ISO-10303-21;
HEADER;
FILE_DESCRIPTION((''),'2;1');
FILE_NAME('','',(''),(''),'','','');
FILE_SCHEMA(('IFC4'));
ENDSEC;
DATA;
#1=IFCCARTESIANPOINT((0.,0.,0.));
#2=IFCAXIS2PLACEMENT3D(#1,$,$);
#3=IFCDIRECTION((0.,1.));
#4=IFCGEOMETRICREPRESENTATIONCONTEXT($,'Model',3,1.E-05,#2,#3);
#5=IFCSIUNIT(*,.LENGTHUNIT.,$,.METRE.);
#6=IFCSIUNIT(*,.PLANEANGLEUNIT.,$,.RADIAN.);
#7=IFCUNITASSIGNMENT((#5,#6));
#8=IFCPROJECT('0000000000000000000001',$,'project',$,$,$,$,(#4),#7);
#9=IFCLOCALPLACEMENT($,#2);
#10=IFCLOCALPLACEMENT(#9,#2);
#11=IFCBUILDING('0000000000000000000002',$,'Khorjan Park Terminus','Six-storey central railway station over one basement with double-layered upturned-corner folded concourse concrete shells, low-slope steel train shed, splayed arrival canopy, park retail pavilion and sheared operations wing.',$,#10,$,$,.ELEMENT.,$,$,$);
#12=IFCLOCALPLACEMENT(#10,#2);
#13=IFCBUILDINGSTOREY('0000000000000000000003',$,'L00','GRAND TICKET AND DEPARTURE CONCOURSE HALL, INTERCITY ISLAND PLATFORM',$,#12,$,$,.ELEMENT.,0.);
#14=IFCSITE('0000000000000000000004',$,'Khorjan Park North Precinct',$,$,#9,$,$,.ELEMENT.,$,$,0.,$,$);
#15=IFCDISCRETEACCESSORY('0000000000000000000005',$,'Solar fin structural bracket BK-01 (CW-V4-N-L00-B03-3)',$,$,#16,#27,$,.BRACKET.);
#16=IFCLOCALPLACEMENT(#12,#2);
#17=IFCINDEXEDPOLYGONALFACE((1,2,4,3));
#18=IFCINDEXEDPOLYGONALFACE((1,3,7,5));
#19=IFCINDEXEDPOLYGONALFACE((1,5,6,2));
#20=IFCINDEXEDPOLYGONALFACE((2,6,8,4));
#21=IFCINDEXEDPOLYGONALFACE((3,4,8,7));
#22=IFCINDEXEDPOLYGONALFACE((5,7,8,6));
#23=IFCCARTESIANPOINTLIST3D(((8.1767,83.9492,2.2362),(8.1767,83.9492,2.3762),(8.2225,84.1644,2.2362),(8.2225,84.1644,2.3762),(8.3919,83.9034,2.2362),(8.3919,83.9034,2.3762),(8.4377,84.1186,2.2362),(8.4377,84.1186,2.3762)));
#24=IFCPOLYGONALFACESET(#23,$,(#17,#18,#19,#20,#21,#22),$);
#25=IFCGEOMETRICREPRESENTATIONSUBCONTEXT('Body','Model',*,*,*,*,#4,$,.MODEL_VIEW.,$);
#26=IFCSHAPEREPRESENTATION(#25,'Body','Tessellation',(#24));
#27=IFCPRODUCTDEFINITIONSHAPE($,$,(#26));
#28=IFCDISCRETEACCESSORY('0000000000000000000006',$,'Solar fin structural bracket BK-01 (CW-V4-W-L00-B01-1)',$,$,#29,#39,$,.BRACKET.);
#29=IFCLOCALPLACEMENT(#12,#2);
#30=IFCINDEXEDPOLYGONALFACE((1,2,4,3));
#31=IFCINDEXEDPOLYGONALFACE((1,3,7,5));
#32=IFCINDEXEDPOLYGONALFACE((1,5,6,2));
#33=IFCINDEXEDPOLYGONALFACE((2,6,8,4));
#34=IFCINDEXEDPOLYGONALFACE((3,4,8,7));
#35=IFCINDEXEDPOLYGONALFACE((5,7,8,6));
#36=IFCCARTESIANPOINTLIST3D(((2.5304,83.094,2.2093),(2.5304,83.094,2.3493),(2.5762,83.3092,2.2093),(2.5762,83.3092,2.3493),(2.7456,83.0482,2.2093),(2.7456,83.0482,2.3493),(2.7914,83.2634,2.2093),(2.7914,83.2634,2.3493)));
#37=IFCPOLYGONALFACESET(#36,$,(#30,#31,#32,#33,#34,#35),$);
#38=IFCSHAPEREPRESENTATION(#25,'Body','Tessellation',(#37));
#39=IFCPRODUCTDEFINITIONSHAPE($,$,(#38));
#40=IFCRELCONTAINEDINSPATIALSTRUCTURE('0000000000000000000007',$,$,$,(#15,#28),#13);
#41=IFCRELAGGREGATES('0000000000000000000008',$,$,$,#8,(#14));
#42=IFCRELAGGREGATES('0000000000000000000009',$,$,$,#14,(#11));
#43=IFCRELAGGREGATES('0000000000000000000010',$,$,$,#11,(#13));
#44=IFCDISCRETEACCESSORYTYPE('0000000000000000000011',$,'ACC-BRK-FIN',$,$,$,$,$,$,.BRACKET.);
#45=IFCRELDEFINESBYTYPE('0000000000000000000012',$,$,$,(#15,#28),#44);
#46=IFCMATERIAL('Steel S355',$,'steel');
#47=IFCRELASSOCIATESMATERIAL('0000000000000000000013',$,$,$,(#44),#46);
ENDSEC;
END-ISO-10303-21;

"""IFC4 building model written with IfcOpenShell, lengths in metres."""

from ifc_helpers import new_model, si_unit, direction, frame, origin, origin_2d, place, context, subcontext, project, spatial, rectangle, extrude, material, type_object, element, save


model = new_model("IFC4")

# Units and contexts
model_context = context("Model", 3, precision=1e-05, world=origin(), true_north=direction((0.0, 1.0)))
body_context = subcontext(model_context, "Body", "Model", "MODEL_VIEW")
ifc_project = project(units=[si_unit("LENGTHUNIT", "METRE"), si_unit("PLANEANGLEUNIT", "RADIAN")], contexts=[model_context])

# Site, building, storey
site_placement = place(None, origin())
site = spatial("IfcSite", under=ifc_project, at=site_placement, Name="Khorjan Park North Precinct", CompositionType="ELEMENT", RefElevation=0.0)
building_placement = place(site_placement, origin())
building = spatial("IfcBuilding", under=site, at=building_placement, Name="Khorjan Park Terminus", Description="Six-storey central railway station over one basement with double-layered upturned-corner folded concourse concrete shells, low-slope steel train shed, splayed arrival canopy, park retail pavilion and sheared operations wing.", CompositionType="ELEMENT")
storey_placement = place(building_placement, origin())
storey = spatial("IfcBuildingStorey", under=building, at=storey_placement, Name="L00", Description="GRAND TICKET AND DEPARTURE CONCOURSE HALL, INTERCITY ISLAND PLATFORM", CompositionType="ELEMENT", Elevation=0.0)

# Discrete accessories
ifc_material_1 = material(Name="Steel S355", Category="steel")
discrete_accessory_type = type_object("IfcDiscreteAccessoryType", Name="ACC-BRK-FIN", PredefinedType="BRACKET", material=ifc_material_1)
for number, where, z_axis, x_axis, name in (
    (1, (8.3072, 84.0339, 2.2362), (0.0, 0.0, 1.0), (-0.978147, 0.207914, 0.0), "Solar fin structural bracket BK-01 (CW-V4-N-L00-B03-3)"),
    (2, (2.6609, 83.1787, 2.2093), (0.0, 0.0, 1.0), (-0.207917, -0.978147, 0.0), "Solar fin structural bracket BK-01 (CW-V4-W-L00-B01-1)"),
):
    element("IfcDiscreteAccessory", number, at=place(storey_placement, frame(where, z_axis=z_axis, x_axis=x_axis)), inside=storey, type_object=discrete_accessory_type, Name=name, PredefinedType="BRACKET", context=body_context, shape_type="SweptSolid", body=[
        extrude(rectangle(XDim=0.22, YDim=0.22, at=origin_2d()), origin(), (0.0, 0.0, 1.0), 0.14),
    ])

save(model, "model.ifc")
